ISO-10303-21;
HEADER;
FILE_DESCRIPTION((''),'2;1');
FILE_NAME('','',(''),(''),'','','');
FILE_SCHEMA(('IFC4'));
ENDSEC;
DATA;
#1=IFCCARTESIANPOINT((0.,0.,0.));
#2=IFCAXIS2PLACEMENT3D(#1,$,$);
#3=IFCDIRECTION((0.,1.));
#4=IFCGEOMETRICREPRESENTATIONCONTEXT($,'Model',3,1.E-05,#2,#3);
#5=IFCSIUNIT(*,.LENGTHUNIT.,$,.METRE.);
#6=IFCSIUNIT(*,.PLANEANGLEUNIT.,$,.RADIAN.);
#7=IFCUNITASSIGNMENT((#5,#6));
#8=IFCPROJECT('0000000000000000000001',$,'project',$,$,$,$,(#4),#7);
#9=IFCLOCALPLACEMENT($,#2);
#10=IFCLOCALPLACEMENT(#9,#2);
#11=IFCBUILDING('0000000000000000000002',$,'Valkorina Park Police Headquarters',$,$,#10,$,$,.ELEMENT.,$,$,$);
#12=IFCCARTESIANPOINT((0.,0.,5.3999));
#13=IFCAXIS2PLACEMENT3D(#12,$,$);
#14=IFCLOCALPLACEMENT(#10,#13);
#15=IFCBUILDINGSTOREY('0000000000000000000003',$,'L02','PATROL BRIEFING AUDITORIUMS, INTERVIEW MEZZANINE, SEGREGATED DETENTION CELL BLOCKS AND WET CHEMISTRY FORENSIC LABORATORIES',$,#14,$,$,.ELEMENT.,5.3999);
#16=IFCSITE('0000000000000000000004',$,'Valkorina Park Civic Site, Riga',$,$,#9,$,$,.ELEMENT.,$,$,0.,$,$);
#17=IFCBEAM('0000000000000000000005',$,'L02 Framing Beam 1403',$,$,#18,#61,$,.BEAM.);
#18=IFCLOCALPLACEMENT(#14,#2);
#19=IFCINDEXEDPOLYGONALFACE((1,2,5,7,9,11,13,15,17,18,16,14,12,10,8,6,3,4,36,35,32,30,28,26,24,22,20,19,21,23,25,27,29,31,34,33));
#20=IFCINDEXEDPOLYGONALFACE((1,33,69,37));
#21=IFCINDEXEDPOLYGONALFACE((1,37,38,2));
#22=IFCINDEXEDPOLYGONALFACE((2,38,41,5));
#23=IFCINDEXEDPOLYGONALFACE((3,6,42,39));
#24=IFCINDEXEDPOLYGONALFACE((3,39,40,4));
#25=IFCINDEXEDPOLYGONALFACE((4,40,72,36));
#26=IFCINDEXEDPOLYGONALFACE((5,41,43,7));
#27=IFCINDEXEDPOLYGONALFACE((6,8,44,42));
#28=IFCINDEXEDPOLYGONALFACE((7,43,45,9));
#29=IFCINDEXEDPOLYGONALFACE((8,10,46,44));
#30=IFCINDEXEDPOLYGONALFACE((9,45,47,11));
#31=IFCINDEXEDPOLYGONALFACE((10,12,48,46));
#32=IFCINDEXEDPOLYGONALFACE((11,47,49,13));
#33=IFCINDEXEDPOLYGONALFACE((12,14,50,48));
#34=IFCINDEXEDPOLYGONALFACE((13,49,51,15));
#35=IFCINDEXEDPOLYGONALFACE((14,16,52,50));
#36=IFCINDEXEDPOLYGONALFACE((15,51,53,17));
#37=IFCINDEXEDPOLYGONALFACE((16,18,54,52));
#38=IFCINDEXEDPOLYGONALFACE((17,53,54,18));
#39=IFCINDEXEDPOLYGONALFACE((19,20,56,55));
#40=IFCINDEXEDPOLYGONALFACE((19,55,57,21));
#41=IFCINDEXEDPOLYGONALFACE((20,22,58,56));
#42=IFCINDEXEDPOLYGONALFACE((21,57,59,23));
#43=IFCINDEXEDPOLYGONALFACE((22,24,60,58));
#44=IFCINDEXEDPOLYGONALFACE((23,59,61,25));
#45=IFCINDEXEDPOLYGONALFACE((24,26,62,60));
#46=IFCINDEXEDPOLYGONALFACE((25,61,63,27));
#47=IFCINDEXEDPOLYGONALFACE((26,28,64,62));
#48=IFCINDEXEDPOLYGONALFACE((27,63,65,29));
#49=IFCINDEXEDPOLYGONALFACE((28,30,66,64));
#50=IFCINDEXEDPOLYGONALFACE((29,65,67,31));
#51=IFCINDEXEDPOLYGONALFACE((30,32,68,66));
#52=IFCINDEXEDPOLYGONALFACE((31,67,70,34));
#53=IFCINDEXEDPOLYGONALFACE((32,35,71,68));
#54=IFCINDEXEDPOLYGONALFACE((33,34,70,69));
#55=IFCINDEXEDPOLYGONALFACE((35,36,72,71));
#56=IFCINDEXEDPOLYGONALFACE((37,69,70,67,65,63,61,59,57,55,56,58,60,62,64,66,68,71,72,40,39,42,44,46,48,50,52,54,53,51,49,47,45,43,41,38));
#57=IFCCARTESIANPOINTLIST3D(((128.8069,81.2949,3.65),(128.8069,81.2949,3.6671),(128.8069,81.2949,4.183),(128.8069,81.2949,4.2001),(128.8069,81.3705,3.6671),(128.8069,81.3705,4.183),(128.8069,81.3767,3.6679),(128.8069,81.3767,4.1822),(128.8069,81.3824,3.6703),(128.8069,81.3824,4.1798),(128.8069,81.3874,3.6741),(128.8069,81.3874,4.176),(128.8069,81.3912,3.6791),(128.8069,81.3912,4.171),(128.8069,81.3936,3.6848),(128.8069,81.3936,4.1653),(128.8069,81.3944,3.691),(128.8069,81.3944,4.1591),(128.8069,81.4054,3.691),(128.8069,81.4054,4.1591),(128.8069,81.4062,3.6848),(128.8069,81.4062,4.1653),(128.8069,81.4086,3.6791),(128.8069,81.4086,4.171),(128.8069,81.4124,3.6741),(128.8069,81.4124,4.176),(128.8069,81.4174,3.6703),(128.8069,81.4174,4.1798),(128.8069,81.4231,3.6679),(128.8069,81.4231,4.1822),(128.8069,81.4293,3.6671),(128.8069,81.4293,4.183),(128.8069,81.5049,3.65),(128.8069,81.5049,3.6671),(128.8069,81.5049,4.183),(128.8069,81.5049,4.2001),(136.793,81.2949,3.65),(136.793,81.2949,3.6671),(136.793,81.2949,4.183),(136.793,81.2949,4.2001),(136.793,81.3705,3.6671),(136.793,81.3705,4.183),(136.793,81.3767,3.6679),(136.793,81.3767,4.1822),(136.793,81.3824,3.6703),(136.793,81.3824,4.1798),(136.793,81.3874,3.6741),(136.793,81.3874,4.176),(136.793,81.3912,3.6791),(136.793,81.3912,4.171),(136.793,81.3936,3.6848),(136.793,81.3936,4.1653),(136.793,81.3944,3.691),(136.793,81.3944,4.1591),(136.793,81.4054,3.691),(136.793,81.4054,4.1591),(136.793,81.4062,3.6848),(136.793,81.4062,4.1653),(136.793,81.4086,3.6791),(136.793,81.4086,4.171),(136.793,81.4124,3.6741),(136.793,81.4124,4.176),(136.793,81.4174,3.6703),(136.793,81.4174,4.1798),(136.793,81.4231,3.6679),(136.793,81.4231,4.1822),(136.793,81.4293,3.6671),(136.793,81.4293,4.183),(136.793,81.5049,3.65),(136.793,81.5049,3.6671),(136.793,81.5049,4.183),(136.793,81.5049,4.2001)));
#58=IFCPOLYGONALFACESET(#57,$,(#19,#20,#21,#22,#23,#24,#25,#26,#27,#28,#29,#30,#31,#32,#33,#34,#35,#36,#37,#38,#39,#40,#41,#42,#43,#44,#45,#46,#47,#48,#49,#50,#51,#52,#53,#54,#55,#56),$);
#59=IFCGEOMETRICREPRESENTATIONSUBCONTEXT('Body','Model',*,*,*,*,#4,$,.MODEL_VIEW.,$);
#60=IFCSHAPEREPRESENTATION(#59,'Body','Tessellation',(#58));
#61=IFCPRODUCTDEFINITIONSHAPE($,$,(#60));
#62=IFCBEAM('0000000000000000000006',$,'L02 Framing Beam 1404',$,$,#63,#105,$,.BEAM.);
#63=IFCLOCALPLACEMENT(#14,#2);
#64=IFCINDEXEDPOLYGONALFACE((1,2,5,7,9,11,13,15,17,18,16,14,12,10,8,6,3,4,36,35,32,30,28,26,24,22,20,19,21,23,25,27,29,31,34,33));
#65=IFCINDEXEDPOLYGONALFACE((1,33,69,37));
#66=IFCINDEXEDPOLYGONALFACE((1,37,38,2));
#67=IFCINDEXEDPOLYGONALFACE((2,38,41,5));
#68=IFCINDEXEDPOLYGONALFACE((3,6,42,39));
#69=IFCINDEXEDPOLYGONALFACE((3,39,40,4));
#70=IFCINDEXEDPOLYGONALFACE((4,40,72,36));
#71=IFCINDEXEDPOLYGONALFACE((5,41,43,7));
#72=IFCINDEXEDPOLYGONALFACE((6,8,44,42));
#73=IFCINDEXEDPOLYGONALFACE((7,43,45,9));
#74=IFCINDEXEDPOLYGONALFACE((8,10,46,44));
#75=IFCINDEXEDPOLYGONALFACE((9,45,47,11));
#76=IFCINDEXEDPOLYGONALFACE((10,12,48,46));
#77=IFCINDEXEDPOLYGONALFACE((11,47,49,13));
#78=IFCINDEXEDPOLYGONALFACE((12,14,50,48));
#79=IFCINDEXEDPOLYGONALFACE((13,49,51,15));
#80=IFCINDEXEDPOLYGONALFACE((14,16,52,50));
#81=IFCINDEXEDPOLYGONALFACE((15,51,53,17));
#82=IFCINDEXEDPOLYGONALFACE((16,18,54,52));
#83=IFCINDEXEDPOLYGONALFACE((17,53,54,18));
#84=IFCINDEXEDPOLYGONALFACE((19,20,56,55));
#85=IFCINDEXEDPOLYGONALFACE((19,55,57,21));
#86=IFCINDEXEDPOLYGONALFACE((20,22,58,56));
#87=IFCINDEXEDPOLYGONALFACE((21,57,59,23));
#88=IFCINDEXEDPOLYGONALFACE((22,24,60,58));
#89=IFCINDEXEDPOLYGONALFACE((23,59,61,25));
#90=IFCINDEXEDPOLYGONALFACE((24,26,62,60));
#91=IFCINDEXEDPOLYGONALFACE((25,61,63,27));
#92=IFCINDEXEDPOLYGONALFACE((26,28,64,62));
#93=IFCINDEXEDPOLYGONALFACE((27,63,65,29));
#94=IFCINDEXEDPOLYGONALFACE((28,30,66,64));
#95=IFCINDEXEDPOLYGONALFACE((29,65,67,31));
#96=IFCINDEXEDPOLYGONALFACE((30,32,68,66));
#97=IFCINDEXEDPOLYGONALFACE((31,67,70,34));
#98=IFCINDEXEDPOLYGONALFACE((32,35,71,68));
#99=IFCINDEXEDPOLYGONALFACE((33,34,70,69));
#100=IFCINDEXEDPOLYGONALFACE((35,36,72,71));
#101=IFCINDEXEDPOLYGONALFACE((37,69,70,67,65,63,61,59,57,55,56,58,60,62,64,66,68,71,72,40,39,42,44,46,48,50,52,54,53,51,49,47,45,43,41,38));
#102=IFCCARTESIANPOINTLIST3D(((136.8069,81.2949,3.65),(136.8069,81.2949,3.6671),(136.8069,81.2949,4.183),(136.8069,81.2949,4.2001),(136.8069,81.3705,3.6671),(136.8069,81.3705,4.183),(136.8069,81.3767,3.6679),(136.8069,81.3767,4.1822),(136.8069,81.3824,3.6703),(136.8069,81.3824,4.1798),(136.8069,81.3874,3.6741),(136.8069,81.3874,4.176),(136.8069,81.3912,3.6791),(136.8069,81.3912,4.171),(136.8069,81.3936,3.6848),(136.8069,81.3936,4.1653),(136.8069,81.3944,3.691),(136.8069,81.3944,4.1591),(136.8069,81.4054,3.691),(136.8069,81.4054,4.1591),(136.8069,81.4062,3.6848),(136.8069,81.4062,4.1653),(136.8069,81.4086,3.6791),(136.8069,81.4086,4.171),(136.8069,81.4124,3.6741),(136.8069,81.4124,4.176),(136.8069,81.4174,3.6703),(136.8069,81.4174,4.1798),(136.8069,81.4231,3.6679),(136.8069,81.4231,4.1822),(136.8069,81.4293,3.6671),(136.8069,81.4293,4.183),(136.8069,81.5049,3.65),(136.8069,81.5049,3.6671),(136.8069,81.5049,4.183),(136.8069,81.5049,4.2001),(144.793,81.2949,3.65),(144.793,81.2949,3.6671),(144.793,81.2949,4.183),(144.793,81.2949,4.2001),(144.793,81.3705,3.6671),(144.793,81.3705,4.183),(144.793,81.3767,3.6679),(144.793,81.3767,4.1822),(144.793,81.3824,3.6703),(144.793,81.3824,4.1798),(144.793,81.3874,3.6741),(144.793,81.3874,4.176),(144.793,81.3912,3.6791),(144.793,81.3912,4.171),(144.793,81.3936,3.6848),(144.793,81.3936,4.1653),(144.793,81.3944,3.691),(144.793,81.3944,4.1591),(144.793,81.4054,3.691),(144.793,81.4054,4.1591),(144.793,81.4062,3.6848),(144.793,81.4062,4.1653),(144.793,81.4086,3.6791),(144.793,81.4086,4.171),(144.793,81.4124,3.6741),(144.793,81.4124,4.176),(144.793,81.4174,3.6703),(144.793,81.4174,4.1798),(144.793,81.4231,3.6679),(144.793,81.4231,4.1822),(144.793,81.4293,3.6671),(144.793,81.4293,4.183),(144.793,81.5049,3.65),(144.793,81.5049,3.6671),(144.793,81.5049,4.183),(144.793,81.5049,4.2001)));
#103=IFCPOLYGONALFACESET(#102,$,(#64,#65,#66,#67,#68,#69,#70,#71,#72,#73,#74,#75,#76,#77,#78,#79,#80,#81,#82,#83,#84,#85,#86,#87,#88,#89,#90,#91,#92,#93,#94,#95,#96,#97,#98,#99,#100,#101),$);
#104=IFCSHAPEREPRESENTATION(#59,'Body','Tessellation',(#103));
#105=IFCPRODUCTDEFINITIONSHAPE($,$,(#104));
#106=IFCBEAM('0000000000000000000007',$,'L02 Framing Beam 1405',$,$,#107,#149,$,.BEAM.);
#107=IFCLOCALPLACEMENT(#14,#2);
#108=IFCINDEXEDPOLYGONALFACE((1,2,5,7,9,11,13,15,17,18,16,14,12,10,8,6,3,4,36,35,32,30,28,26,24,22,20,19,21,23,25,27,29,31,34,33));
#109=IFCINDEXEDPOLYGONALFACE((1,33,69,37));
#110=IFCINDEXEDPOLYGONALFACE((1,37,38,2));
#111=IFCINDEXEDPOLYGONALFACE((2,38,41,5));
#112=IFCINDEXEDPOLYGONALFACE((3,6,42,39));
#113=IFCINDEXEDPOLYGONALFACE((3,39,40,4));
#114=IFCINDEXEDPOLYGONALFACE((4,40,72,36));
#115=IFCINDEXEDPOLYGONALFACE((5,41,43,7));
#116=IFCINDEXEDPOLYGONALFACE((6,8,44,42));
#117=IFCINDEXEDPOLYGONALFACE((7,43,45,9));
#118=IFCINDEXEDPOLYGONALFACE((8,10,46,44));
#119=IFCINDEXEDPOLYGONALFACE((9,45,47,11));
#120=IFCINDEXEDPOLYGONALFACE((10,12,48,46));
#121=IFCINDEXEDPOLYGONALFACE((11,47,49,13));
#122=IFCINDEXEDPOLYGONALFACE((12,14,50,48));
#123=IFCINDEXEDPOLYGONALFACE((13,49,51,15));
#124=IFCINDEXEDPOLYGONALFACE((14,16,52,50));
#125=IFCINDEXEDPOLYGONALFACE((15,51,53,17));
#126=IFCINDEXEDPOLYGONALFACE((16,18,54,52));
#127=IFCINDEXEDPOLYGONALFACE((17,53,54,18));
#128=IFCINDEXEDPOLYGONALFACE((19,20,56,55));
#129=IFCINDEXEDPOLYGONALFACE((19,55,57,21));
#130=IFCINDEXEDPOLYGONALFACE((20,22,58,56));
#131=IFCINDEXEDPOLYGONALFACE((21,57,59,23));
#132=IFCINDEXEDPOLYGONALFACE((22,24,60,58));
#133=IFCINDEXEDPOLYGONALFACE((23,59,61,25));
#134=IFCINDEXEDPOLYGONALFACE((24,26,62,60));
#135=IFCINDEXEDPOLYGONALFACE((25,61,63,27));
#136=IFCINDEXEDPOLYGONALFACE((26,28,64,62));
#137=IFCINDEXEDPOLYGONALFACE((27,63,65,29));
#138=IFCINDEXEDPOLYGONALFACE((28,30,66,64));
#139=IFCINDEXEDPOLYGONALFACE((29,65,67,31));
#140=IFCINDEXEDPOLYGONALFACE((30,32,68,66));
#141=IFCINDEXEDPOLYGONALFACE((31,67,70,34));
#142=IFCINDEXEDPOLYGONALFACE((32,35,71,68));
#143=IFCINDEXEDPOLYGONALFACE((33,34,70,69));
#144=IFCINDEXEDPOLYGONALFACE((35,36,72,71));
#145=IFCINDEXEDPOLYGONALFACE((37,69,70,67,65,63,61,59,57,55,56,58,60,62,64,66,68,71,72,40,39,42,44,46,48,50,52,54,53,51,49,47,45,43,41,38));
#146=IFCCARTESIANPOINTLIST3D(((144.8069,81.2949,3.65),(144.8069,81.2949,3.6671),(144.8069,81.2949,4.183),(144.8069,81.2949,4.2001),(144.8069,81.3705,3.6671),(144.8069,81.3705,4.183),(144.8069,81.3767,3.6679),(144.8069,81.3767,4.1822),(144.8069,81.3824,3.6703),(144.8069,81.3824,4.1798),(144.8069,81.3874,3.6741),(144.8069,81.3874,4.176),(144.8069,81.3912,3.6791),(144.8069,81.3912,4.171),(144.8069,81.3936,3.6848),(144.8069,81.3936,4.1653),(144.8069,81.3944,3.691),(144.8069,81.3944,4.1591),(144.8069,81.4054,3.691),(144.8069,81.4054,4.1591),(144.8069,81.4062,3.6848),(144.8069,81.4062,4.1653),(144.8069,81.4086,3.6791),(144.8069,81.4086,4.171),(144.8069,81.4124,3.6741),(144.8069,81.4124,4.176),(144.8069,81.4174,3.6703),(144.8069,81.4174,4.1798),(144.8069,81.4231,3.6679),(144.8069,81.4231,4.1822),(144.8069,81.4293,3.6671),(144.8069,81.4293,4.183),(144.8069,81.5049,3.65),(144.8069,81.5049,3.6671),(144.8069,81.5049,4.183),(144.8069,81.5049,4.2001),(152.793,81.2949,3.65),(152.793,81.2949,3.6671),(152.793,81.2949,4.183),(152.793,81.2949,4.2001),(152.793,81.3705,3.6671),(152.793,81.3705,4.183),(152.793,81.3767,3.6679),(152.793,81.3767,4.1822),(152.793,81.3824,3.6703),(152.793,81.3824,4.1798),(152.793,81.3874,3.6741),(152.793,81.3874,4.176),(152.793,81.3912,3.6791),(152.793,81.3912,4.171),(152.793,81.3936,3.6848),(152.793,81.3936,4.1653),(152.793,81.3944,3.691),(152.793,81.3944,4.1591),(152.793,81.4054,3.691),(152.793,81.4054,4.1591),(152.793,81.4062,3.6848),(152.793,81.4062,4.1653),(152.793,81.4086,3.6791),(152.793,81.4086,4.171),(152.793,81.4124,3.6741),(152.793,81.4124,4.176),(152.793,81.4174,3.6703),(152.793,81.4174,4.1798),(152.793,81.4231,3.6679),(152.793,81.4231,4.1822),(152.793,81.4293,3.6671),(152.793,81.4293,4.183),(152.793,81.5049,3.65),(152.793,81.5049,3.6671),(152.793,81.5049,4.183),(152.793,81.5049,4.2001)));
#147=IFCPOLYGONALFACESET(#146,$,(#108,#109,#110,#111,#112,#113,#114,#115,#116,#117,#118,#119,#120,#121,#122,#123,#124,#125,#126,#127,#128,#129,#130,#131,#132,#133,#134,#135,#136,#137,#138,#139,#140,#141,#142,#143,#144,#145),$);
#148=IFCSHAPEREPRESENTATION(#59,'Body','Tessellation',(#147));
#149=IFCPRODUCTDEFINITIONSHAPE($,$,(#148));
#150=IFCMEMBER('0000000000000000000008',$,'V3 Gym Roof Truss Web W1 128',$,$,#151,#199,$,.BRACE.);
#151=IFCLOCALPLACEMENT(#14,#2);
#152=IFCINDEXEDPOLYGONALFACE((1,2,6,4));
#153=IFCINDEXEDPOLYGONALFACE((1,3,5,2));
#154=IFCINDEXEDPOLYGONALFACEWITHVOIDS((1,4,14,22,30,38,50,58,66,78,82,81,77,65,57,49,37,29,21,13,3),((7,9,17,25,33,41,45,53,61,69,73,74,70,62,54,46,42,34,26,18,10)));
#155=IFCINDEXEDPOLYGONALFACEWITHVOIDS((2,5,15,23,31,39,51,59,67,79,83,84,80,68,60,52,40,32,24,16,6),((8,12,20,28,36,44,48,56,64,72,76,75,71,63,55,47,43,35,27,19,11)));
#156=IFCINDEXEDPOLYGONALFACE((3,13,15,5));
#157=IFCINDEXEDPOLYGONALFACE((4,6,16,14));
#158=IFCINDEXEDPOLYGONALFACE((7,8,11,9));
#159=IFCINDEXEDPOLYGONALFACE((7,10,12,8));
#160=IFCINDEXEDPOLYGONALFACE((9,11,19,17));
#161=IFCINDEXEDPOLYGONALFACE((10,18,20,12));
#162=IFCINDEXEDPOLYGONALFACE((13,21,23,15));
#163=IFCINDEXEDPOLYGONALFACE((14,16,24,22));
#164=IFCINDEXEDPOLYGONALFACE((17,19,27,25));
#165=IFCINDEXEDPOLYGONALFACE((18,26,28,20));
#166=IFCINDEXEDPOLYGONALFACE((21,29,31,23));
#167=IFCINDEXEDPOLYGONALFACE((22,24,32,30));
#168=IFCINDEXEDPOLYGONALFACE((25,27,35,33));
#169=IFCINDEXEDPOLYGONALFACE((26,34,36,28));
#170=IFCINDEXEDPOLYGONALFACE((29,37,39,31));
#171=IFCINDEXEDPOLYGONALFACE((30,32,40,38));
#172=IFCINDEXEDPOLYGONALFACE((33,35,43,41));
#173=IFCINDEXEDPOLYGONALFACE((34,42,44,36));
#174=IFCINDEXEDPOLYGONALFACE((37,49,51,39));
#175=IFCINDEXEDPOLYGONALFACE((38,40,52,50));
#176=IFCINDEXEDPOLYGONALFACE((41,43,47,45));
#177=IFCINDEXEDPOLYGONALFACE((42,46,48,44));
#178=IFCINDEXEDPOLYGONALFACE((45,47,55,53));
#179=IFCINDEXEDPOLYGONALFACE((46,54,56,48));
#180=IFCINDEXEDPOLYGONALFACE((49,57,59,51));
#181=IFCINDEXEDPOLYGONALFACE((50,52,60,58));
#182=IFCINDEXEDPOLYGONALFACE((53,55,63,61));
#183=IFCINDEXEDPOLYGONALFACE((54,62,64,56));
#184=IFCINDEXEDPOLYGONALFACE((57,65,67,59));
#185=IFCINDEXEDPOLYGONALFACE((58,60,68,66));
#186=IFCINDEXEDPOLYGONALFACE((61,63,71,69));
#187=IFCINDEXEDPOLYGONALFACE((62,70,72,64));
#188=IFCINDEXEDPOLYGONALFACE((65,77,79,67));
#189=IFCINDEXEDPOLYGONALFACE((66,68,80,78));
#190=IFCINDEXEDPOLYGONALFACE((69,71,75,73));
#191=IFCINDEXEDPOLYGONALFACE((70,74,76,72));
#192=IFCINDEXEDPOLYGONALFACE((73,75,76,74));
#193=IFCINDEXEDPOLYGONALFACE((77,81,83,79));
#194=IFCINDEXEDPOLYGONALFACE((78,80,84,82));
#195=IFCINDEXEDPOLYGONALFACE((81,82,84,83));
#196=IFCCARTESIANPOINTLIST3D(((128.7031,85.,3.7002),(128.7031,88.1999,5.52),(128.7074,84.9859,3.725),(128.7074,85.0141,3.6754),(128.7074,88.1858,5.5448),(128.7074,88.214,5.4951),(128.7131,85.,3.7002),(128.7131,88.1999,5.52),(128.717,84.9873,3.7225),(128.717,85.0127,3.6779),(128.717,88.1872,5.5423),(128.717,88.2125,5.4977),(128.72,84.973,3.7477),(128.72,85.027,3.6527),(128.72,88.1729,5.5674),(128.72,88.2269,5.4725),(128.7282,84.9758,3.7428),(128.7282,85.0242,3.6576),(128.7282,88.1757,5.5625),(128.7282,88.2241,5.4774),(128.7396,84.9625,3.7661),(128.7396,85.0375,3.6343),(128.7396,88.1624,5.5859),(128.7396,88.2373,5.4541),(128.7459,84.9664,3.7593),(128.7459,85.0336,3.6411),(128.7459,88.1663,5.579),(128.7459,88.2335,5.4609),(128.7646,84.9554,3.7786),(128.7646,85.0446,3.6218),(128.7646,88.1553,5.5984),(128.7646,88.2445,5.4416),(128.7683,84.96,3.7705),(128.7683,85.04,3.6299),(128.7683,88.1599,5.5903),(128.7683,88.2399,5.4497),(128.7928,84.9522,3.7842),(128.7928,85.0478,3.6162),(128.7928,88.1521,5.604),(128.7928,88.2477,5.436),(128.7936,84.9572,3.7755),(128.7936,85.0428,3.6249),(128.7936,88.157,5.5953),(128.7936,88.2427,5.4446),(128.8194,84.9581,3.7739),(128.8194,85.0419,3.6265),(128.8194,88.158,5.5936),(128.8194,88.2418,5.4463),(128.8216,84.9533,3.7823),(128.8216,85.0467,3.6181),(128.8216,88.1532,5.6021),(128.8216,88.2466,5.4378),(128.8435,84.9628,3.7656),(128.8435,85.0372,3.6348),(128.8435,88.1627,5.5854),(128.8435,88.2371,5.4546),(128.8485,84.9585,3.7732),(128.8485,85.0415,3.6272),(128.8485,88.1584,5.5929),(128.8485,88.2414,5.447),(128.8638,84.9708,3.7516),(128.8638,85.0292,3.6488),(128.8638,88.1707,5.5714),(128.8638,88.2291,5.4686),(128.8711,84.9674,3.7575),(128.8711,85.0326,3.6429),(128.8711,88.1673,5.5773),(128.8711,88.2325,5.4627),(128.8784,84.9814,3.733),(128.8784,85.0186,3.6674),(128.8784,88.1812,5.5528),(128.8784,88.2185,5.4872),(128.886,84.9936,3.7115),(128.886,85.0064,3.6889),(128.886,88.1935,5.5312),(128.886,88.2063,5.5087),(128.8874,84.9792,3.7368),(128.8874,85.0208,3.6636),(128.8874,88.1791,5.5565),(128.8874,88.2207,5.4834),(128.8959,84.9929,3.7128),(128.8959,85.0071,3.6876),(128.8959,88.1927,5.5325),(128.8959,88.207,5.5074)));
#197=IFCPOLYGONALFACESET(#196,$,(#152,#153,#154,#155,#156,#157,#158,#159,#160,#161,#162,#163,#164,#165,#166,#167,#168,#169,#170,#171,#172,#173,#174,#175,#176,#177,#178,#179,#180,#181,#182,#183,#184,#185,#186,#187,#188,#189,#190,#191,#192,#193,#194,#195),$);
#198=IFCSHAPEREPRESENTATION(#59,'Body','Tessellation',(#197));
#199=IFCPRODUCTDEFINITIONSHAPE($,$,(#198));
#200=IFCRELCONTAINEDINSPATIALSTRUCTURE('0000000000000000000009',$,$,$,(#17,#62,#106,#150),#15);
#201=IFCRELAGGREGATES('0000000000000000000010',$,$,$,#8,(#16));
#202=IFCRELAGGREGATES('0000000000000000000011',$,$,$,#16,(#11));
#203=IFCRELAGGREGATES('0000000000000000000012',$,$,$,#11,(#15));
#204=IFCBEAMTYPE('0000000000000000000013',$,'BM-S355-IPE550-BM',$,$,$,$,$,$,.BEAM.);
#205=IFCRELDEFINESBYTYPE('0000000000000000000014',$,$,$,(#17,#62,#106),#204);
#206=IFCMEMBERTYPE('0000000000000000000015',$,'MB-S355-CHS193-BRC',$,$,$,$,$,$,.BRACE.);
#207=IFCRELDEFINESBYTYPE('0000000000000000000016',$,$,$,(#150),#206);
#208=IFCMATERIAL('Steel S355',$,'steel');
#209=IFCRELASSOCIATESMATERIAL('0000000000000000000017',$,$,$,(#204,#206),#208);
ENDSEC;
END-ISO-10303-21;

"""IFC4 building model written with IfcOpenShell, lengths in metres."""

from ifc_helpers import new_model, si_unit, direction, frame, origin, origin_2d, place, context, subcontext, project, spatial, hollow_circle, i_section, extrude, material, material_profile, profile_set, type_object, element, save


model = new_model("IFC4")

# Units and contexts
model_context = context("Model", 3, precision=1e-05, world=origin(), true_north=direction((0.0, 1.0)))
body_context = subcontext(model_context, "Body", "Model", "MODEL_VIEW")
ifc_project = project(units=[si_unit("LENGTHUNIT", "METRE"), si_unit("PLANEANGLEUNIT", "RADIAN")], contexts=[model_context])

# Site, building, storey
site_placement = place(None, origin())
site = spatial("IfcSite", under=ifc_project, at=site_placement, Name="Valkorina Park Civic Site, Riga", CompositionType="ELEMENT", RefElevation=0.0)
building_placement = place(site_placement, origin())
building = spatial("IfcBuilding", under=site, at=building_placement, Name="Valkorina Park Police Headquarters", CompositionType="ELEMENT")
storey_placement = place(building_placement, frame((0.0, 0.0, 5.3999)))
storey = spatial("IfcBuildingStorey", under=building, at=storey_placement, Name="L02", Description="PATROL BRIEFING AUDITORIUMS, INTERVIEW MEZZANINE, SEGREGATED DETENTION CELL BLOCKS AND WET CHEMISTRY FORENSIC LABORATORIES", CompositionType="ELEMENT", Elevation=5.3999)

# Shared definitions
ifc_material = material(Name="Steel S355", Category="steel")

# Beams
ifc_material_profile_1 = material_profile(ifc_material, i_section(OverallWidth=0.21, OverallDepth=0.55, WebThickness=0.011, FlangeThickness=0.0171, FilletRadius=0.0239, at=origin_2d()), Name="IPE 550")
ifc_profile_set_1 = profile_set([ifc_material_profile_1], Name="Steel S355")
beam_type_1 = type_object("IfcBeamType", Name="BM-S355-IPE550-BM", PredefinedType="BEAM", material=ifc_profile_set_1)
for number, where, z_axis, x_axis, name in (
    (1, (128.8069, 81.3999, 3.925), (1.0, 0.0, 0.0), (0.0, 1.0, 0.0), "L02 Framing Beam 1403"),
    (2, (136.8069, 81.3999, 3.925), (1.0, 0.0, 0.0), (0.0, 1.0, 0.0), "L02 Framing Beam 1404"),
    (3, (144.8069, 81.3999, 3.925), (1.0, 0.0, 0.0), (0.0, 1.0, 0.0), "L02 Framing Beam 1405"),
):
    element("IfcBeam", number, at=place(storey_placement, frame(where, z_axis=z_axis, x_axis=x_axis)), inside=storey, type_object=beam_type_1, Name=name, PredefinedType="BEAM", context=body_context, shape_type="SweptSolid", body=[
        extrude(i_section(OverallWidth=0.21, OverallDepth=0.55, WebThickness=0.011, FlangeThickness=0.0171, FilletRadius=0.0239, at=origin_2d()), origin(), (0.0, 0.0, 1.0), 7.9861),
    ])

# Member
ifc_material_profile_2 = material_profile(ifc_material, hollow_circle(Radius=0.0969, WallThickness=0.01, at=origin_2d()), Name="CHS 193.7x10")
ifc_profile_set_2 = profile_set([ifc_material_profile_2], Name="Steel S355")
member_type_1 = type_object("IfcMemberType", Name="MB-S355-CHS193-BRC", PredefinedType="BRACE", material=ifc_profile_set_2)
member_1_placement = place(storey_placement, frame((128.8, 85.0, 3.7002), z_axis=(0.0, 0.869262, 0.494352), x_axis=(-1.0, 0.0, 0.0)))
element("IfcMember", 4, at=member_1_placement, inside=storey, type_object=member_type_1, Name="V3 Gym Roof Truss Web W1 128", PredefinedType="BRACE", context=body_context, shape_type="SweptSolid", body=[
    extrude(hollow_circle(Radius=0.0969, WallThickness=0.01, at=origin_2d()), origin(), (0.0, 0.0, 1.0), 3.6812),
])

save(model, "model.ifc")
